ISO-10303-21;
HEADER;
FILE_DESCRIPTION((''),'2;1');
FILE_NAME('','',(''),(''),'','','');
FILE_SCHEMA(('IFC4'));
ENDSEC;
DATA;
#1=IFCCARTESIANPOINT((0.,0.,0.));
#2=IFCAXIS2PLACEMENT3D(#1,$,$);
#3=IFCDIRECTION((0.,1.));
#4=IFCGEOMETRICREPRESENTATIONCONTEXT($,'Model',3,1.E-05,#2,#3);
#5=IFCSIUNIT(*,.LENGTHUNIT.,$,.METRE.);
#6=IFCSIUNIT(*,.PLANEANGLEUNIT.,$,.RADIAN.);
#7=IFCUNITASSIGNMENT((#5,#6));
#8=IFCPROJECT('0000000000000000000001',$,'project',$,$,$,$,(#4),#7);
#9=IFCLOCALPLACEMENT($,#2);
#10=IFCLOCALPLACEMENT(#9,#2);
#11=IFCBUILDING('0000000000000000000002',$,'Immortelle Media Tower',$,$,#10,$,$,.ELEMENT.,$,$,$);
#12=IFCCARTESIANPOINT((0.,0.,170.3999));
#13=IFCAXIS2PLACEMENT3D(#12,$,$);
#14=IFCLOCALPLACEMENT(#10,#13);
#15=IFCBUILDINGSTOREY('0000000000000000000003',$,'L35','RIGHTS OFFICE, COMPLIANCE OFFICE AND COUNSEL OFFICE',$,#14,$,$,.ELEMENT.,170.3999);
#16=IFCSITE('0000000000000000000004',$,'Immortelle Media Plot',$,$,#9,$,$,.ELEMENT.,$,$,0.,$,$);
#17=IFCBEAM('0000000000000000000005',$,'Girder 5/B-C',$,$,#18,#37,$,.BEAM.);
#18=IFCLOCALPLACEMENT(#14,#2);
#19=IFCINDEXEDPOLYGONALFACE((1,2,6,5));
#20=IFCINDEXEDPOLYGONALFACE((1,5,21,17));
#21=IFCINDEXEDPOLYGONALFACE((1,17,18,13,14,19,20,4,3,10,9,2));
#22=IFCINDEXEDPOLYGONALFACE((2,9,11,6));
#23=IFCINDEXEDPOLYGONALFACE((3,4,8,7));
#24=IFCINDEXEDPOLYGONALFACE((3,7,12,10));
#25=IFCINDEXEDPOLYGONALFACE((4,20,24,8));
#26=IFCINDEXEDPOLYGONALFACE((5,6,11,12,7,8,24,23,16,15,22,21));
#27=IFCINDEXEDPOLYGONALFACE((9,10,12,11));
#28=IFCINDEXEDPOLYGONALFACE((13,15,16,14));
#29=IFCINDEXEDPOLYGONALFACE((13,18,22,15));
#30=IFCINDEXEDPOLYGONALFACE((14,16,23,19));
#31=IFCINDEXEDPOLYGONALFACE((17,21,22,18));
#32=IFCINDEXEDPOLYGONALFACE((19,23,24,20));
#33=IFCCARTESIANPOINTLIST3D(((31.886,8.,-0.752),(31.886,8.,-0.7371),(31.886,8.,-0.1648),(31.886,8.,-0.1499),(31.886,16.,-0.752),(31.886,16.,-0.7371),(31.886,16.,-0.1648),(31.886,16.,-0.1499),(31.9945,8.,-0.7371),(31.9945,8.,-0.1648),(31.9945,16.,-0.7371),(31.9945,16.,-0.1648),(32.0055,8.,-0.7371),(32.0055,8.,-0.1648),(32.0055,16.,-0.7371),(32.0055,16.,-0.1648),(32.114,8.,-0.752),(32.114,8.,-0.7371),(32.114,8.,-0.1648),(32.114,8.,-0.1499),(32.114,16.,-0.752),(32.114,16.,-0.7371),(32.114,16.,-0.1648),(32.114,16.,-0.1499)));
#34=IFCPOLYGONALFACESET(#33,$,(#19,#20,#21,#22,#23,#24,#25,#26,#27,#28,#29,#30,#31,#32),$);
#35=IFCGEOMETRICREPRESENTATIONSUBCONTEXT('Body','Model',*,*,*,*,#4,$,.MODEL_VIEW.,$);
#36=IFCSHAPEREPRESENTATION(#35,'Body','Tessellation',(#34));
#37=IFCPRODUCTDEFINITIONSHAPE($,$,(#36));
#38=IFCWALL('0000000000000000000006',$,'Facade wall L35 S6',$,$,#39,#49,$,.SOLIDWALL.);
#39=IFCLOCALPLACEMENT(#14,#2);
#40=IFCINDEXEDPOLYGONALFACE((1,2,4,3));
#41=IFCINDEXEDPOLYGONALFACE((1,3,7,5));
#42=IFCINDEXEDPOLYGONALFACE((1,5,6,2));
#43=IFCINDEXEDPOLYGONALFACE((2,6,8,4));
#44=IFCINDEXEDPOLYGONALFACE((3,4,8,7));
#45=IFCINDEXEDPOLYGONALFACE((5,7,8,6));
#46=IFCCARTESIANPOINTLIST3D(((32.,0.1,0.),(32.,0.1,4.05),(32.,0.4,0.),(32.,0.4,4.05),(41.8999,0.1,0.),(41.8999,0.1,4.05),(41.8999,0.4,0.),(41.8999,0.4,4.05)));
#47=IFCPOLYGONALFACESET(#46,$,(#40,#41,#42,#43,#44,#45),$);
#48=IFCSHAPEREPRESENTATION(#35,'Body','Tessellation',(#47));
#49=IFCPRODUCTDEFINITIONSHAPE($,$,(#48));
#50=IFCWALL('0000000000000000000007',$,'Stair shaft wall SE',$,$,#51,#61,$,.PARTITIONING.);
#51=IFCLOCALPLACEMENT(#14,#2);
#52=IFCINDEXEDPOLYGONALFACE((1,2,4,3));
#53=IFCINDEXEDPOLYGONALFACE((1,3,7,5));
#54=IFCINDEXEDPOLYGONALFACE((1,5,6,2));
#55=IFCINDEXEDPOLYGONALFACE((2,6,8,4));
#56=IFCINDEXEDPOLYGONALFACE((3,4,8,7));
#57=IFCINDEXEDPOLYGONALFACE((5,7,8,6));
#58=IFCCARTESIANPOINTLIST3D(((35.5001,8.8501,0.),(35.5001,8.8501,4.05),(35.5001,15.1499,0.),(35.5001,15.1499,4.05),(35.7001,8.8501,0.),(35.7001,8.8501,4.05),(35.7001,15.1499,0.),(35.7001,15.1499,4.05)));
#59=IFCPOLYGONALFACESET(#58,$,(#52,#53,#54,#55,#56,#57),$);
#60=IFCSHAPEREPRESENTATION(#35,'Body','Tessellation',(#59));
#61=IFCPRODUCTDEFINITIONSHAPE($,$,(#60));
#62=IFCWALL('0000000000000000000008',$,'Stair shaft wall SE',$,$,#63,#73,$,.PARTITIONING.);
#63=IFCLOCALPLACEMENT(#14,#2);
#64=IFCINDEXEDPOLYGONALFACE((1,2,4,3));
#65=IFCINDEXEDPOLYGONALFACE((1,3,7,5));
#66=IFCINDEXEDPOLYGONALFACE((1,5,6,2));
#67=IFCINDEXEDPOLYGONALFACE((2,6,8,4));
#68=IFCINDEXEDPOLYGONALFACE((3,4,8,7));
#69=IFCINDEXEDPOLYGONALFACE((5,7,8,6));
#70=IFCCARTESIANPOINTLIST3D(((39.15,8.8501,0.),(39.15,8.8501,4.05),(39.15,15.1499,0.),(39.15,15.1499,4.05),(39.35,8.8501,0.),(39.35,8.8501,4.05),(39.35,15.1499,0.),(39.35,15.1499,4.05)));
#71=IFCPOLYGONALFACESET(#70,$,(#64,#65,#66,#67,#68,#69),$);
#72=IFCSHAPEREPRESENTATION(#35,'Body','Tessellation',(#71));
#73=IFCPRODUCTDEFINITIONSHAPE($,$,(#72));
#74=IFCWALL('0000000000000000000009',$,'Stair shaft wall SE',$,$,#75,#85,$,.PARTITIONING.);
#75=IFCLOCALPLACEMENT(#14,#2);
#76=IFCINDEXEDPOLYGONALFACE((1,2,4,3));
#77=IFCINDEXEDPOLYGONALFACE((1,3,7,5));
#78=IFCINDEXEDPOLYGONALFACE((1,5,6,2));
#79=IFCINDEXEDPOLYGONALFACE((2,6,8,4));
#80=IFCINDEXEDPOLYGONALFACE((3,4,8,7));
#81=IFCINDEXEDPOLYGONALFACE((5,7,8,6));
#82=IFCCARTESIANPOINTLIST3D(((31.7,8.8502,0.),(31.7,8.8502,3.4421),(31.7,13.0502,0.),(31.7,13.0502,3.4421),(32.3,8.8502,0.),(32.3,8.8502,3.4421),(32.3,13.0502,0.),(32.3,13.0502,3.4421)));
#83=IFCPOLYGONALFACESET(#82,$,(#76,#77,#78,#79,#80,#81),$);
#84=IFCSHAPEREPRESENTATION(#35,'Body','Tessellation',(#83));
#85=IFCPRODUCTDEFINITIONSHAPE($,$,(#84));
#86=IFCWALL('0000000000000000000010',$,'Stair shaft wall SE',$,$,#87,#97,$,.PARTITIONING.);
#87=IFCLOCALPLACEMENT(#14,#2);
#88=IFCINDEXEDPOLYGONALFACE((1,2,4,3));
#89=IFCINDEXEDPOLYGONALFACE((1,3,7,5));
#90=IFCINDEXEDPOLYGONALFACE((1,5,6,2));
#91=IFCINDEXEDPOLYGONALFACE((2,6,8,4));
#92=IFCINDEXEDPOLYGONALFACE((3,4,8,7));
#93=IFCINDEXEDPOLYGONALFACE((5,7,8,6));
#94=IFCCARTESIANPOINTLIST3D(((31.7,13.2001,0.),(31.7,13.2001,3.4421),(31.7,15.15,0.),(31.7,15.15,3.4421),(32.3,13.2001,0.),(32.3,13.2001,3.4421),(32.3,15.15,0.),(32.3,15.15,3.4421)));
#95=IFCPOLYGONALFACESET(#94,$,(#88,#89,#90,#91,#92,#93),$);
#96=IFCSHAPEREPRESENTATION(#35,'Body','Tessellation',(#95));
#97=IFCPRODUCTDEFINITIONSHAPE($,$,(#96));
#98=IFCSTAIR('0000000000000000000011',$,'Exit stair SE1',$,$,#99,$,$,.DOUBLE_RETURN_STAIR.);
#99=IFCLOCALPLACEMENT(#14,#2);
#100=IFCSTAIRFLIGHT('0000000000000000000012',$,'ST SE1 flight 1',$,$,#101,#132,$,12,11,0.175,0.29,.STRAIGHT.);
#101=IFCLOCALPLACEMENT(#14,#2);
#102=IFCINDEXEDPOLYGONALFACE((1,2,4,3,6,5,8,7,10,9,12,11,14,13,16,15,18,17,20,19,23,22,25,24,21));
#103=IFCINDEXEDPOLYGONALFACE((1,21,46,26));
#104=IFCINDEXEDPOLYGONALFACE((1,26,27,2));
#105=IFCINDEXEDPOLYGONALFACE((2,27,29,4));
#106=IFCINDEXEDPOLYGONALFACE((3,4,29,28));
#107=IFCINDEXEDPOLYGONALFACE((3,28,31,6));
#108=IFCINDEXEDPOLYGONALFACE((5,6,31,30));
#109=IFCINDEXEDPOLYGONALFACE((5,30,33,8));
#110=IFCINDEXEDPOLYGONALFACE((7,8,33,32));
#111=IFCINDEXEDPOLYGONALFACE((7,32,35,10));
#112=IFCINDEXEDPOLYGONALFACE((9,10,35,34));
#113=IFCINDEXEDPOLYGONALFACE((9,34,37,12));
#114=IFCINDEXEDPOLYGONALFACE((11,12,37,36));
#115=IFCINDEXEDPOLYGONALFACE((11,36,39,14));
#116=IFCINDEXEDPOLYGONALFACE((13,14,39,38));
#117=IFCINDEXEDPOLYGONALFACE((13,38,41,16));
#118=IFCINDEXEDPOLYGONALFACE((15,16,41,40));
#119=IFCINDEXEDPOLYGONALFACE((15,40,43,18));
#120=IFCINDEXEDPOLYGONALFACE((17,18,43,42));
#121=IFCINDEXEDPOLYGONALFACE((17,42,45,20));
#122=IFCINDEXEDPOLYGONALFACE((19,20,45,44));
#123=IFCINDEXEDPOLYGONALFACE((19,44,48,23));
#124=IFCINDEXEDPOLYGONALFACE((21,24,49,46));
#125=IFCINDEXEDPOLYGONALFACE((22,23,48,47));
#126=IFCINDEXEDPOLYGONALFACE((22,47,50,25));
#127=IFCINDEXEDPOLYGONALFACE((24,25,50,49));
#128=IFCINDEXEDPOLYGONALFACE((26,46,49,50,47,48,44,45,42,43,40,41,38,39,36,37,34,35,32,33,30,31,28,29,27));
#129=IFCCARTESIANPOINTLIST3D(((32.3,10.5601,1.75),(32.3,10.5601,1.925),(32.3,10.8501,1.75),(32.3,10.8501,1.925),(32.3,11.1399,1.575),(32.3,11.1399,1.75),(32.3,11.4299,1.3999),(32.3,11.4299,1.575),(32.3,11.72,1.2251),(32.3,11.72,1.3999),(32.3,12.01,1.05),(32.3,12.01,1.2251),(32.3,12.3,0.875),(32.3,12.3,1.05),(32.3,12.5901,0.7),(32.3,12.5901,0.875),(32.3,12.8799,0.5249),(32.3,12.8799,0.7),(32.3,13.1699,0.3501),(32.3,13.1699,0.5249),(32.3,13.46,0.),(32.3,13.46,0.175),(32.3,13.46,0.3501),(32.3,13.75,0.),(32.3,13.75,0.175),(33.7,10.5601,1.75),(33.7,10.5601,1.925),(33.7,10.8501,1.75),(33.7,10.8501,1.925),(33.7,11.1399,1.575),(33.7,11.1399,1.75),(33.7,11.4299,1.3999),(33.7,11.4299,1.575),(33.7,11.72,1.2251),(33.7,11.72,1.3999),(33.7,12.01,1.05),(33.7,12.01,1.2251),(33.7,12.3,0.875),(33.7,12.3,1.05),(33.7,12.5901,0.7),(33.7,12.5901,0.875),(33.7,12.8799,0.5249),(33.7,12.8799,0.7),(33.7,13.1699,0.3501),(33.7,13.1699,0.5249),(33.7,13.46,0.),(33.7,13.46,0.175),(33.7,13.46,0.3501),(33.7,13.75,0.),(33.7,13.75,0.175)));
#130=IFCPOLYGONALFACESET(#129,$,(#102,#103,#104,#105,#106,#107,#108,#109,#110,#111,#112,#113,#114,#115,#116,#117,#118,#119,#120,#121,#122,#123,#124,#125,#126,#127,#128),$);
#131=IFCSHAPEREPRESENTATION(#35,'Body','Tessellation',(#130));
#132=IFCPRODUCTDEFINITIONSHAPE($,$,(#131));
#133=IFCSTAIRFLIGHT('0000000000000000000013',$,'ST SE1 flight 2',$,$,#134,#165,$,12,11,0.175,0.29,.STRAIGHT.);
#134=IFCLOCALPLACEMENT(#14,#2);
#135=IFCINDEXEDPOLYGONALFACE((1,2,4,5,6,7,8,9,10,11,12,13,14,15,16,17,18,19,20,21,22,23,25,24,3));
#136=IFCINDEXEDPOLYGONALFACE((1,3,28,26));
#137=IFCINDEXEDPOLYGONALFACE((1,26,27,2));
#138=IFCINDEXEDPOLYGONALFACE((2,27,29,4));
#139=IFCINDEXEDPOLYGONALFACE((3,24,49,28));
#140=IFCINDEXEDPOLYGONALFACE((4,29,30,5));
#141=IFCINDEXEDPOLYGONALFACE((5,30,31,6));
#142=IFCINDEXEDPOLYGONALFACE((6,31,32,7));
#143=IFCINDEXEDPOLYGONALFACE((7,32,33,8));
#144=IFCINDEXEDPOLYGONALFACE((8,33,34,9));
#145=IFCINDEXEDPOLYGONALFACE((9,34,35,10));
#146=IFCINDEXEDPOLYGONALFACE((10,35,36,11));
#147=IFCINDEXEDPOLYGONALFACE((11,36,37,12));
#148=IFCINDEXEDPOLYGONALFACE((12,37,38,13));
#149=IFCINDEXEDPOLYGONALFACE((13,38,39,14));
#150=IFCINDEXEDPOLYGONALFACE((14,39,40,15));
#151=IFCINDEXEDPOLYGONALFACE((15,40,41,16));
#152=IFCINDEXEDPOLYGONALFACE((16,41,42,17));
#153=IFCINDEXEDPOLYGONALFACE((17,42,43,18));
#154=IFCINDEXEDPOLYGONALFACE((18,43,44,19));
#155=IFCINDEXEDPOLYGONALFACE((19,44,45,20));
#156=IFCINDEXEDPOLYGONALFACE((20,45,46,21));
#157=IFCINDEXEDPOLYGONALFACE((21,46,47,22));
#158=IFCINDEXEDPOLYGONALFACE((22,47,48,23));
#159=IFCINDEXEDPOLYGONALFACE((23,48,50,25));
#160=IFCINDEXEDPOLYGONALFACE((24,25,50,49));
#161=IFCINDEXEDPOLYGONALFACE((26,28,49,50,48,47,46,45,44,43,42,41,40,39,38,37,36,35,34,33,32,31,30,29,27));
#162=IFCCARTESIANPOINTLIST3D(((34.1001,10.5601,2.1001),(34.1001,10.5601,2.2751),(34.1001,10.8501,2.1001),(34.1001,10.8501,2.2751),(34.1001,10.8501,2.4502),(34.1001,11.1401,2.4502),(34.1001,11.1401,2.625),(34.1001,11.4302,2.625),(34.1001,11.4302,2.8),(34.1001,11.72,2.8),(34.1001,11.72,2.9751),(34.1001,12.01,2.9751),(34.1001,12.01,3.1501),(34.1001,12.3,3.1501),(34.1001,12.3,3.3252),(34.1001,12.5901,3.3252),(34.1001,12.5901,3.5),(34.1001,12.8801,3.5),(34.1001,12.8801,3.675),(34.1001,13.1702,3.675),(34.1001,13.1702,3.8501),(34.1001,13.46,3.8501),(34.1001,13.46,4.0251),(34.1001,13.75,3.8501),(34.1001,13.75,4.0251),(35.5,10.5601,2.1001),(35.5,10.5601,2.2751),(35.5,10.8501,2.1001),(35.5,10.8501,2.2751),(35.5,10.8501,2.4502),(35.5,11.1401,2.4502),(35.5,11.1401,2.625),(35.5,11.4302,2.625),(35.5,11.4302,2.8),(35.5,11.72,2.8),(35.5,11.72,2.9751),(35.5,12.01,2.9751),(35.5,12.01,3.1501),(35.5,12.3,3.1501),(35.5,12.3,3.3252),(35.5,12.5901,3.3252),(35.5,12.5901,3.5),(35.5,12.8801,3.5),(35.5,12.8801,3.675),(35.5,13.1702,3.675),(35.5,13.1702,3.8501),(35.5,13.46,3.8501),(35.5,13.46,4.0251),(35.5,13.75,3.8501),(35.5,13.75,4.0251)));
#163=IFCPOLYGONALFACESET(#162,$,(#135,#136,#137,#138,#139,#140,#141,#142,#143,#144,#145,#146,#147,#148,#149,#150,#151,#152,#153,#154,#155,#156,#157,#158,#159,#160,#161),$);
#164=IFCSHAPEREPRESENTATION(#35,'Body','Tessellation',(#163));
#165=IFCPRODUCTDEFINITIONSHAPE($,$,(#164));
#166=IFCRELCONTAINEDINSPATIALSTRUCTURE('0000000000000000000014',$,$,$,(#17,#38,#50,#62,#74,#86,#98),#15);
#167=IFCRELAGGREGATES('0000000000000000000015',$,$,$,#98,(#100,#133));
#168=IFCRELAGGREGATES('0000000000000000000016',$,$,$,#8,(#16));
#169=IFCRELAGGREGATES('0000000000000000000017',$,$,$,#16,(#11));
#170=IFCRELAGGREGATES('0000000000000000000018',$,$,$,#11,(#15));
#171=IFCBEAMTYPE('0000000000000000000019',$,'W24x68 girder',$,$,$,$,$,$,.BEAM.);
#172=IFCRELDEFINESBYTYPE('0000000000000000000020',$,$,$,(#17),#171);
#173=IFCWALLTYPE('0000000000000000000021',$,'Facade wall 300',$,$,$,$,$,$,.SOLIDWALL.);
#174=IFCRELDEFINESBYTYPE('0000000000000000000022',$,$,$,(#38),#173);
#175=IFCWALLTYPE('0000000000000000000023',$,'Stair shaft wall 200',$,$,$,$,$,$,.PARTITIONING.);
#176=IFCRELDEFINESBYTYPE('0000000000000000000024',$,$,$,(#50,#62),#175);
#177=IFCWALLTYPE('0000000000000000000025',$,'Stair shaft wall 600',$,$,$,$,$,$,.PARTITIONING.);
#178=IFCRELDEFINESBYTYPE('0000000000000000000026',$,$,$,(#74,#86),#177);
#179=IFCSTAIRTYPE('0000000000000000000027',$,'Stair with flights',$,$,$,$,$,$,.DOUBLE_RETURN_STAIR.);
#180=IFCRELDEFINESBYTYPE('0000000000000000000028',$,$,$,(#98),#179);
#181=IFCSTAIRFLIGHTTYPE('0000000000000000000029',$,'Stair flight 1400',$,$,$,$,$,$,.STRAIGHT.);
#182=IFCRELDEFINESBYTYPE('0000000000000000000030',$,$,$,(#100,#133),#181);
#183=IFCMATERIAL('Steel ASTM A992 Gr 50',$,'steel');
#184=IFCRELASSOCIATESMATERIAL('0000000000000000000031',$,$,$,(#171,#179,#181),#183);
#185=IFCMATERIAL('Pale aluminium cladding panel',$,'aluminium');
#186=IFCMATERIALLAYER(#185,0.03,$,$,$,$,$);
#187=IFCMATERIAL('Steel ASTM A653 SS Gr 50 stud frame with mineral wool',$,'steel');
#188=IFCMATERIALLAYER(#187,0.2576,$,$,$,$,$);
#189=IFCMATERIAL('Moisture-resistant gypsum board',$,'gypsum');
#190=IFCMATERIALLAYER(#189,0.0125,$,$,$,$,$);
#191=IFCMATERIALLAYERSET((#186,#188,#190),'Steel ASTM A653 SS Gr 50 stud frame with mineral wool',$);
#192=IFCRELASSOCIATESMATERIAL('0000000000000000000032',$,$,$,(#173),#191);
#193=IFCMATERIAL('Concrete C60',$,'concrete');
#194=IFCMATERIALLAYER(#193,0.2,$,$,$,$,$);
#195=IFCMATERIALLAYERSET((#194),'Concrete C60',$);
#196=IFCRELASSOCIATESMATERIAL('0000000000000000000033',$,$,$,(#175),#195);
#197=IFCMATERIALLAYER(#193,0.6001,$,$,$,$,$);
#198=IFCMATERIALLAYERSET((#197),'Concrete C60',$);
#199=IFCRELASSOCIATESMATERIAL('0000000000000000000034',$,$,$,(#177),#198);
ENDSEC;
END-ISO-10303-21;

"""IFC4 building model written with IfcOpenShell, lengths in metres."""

from ifc_helpers import new_model, si_unit, direction, frame, frame_2d, origin, origin_2d, place, context, subcontext, project, spatial, polyline, rectangle, i_section, outline, extrude, material, layer, layer_set, material_profile, profile_set, type_object, element, aggregate, save


model = new_model("IFC4")

# Units and contexts
model_context = context("Model", 3, precision=1e-05, world=origin(), true_north=direction((0.0, 1.0)))
body_context = subcontext(model_context, "Body", "Model", "MODEL_VIEW")
ifc_project = project(units=[si_unit("LENGTHUNIT", "METRE"), si_unit("PLANEANGLEUNIT", "RADIAN")], contexts=[model_context])

# Site, building, storey
site_placement = place(None, origin())
site = spatial("IfcSite", under=ifc_project, at=site_placement, Name="Immortelle Media Plot", CompositionType="ELEMENT", RefElevation=0.0)
building_placement = place(site_placement, origin())
building = spatial("IfcBuilding", under=site, at=building_placement, Name="Immortelle Media Tower", CompositionType="ELEMENT")
storey_placement = place(building_placement, frame((0.0, 0.0, 170.3999)))
storey = spatial("IfcBuildingStorey", under=building, at=storey_placement, Name="L35", Description="RIGHTS OFFICE, COMPLIANCE OFFICE AND COUNSEL OFFICE", CompositionType="ELEMENT", Elevation=170.3999)

# Shared definitions
ifc_material_1 = material(Name="Steel ASTM A992 Gr 50", Category="steel")

# Beam
ifc_material_profile_1 = material_profile(ifc_material_1, i_section(OverallWidth=0.228, OverallDepth=0.6021, WebThickness=0.011, FlangeThickness=0.0149, at=origin_2d()), Name="W24x68")
ifc_profile_set_1 = profile_set([ifc_material_profile_1], Name="Steel ASTM A992 Gr 50")
beam_type_1 = type_object("IfcBeamType", Name="W24x68 girder", PredefinedType="BEAM", material=ifc_profile_set_1)
for number, where, z_axis, x_axis, name in (
    (1, (32.0, 8.0, -0.4509), (0.0, 1.0, 0.0), (-1.0, 0.0, 0.0), "Girder 5/B-C"),
):
    element("IfcBeam", number, at=place(storey_placement, frame(where, z_axis=z_axis, x_axis=x_axis)), inside=storey, type_object=beam_type_1, Name=name, PredefinedType="BEAM", context=body_context, shape_type="SweptSolid", body=[
        extrude(i_section(OverallWidth=0.228, OverallDepth=0.6021, WebThickness=0.011, FlangeThickness=0.0149, at=origin_2d()), origin(), (0.0, 0.0, 1.0), 8.0),
    ])

# Walls
ifc_material_2 = material(Name="Pale aluminium cladding panel", Category="aluminium")
ifc_layer_1 = layer(ifc_material_2, 0.03)
ifc_material_3 = material(Name="Steel ASTM A653 SS Gr 50 stud frame with mineral wool", Category="steel")
ifc_layer_2 = layer(ifc_material_3, 0.2576)
ifc_material_4 = material(Name="Moisture-resistant gypsum board", Category="gypsum")
ifc_layer_3 = layer(ifc_material_4, 0.0125)
ifc_layer_set_1 = layer_set([ifc_layer_1, ifc_layer_2, ifc_layer_3], Name="Steel ASTM A653 SS Gr 50 stud frame with mineral wool")
wall_type_1 = type_object("IfcWallType", Name="Facade wall 300", PredefinedType="SOLIDWALL", material=ifc_layer_set_1)
wall_1_placement = place(storey_placement, frame((32.0, 0.25, 0.0), z_axis=(0.0, 0.0, 1.0), x_axis=(1.0, 0.0, 0.0)))
element("IfcWall", 2, at=wall_1_placement, inside=storey, type_object=wall_type_1, Name="Facade wall L35 S6", PredefinedType="SOLIDWALL", context=body_context, shape_type="SweptSolid", body=[
    extrude(rectangle(XDim=9.8999, YDim=0.3, at=frame_2d((4.95, 0.0))), origin(), (0.0, 0.0, 1.0), 4.05),
])
ifc_material_5 = material(Name="Concrete C60", Category="concrete")
ifc_layer_4 = layer(ifc_material_5, 0.2)
ifc_layer_set_2 = layer_set([ifc_layer_4], Name="Concrete C60")
wall_type_2 = type_object("IfcWallType", Name="Stair shaft wall 200", PredefinedType="PARTITIONING", material=ifc_layer_set_2)
for number, where, z_axis, x_axis, name in (
    (3, (35.6001, 8.8501, 0.0), (0.0, 0.0, 1.0), (0.0, 1.0, 0.0), "Stair shaft wall SE"),
    (4, (39.25, 8.8501, 0.0), (0.0, 0.0, 1.0), (0.0, 1.0, 0.0), "Stair shaft wall SE"),
):
    element("IfcWall", number, at=place(storey_placement, frame(where, z_axis=z_axis, x_axis=x_axis)), inside=storey, type_object=wall_type_2, Name=name, PredefinedType="PARTITIONING", context=body_context, shape_type="SweptSolid", body=[
        extrude(rectangle(XDim=6.2998, YDim=0.2, at=frame_2d((3.1499, 0.0))), origin(), (0.0, 0.0, 1.0), 4.05),
    ])
ifc_layer_5 = layer(ifc_material_5, 0.6001)
ifc_layer_set_3 = layer_set([ifc_layer_5], Name="Concrete C60")
wall_type_3 = type_object("IfcWallType", Name="Stair shaft wall 600", PredefinedType="PARTITIONING", material=ifc_layer_set_3)
wall_2_placement = place(storey_placement, frame((32.0, 8.8501, 0.0), z_axis=(0.0, 0.0, 1.0), x_axis=(0.0, 1.0, 0.0)))
element("IfcWall", 5, at=wall_2_placement, inside=storey, type_object=wall_type_3, Name="Stair shaft wall SE", PredefinedType="PARTITIONING", context=body_context, shape_type="SweptSolid", body=[
    extrude(rectangle(XDim=4.2, YDim=0.6001, at=frame_2d((2.1001, 0.0))), origin(), (0.0, 0.0, 1.0), 3.4421),
])
wall_3_placement = place(storey_placement, frame((32.0, 13.2, 0.0), z_axis=(0.0, 0.0, 1.0), x_axis=(0.0, 1.0, 0.0)))
element("IfcWall", 6, at=wall_3_placement, inside=storey, type_object=wall_type_3, Name="Stair shaft wall SE", PredefinedType="PARTITIONING", context=body_context, shape_type="SweptSolid", body=[
    extrude(rectangle(XDim=1.95, YDim=0.6001, at=frame_2d((0.9751, 0.0))), origin(), (0.0, 0.0, 1.0), 3.4421),
])

# Stair, stair flights
stair_type = type_object("IfcStairType", Name="Stair with flights", PredefinedType="DOUBLE_RETURN_STAIR", material=ifc_material_1)
stair_1_placement = place(storey_placement, origin())
stair_1 = element("IfcStair", 7, at=stair_1_placement, inside=storey, type_object=stair_type, Name="Exit stair SE1", PredefinedType="DOUBLE_RETURN_STAIR")
stair_flight_type = type_object("IfcStairFlightType", Name="Stair flight 1400", PredefinedType="STRAIGHT", material=ifc_material_1)
stair_flight_1_placement = place(storey_placement, frame((33.0, 13.75, 0.0), z_axis=(0.0, 0.0, 1.0), x_axis=(0.0, -1.0, 0.0)))
stair_flight_1 = element("IfcStairFlight", 8, at=stair_flight_1_placement, type_object=stair_flight_type, Name="ST SE1 flight 1", NumberOfRisers=12, NumberOfTreads=11, PredefinedType="STRAIGHT", RiserHeight=0.175, TreadLength=0.29, context=body_context, shape_type="SweptSolid", body=[
    extrude(outline(polyline([(0.0, 0.0), (0.0, 0.175), (0.29, 0.175), (0.29, 0.3501), (0.5801, 0.3501), (0.5801, 0.5249), (0.8701, 0.5249), (0.8701, 0.7), (1.1599, 0.7), (1.1599, 0.875), (1.45, 0.875), (1.45, 1.05), (1.74, 1.05), (1.74, 1.2251), (2.03, 1.2251), (2.03, 1.3999), (2.3201, 1.3999), (2.3201, 1.575), (2.6101, 1.575), (2.6101, 1.75), (2.8999, 1.75), (2.8999, 1.925), (3.1899, 1.925), (3.1899, 2.1001), (3.1899, 1.75), (0.29, 0.0), (0.0, 0.0)])), frame((0.0, 0.7, 0.0), z_axis=(0.0, -1.0, 0.0), x_axis=(1.0, 0.0, 0.0)), (0.0, 0.0, 1.0), 1.3999),
])
stair_flight_2_placement = place(storey_placement, frame((34.8, 10.5601, 2.1001), z_axis=(0.0, 0.0, 1.0), x_axis=(0.0, 1.0, 0.0)))
stair_flight_2 = element("IfcStairFlight", 9, at=stair_flight_2_placement, type_object=stair_flight_type, Name="ST SE1 flight 2", NumberOfRisers=12, NumberOfTreads=11, PredefinedType="STRAIGHT", RiserHeight=0.175, TreadLength=0.29, context=body_context, shape_type="SweptSolid", body=[
    extrude(outline(polyline([(0.0, 0.0), (0.0, 0.175), (0.29, 0.175), (0.29, 0.3501), (0.5801, 0.3501), (0.5801, 0.5249), (0.8701, 0.5249), (0.8701, 0.7), (1.1599, 0.7), (1.1599, 0.875), (1.45, 0.875), (1.45, 1.05), (1.74, 1.05), (1.74, 1.2251), (2.03, 1.2251), (2.03, 1.3999), (2.3201, 1.3999), (2.3201, 1.575), (2.6101, 1.575), (2.6101, 1.75), (2.8999, 1.75), (2.8999, 1.925), (3.1899, 1.925), (3.1899, 2.1001), (3.1899, 1.75), (0.29, 0.0), (0.0, 0.0)])), frame((0.0, 0.7, 0.0), z_axis=(0.0, -1.0, 0.0), x_axis=(1.0, 0.0, 0.0)), (0.0, 0.0, 1.0), 1.3999),
])
aggregate(stair_1, [stair_flight_1, stair_flight_2])

save(model, "model.ifc")
